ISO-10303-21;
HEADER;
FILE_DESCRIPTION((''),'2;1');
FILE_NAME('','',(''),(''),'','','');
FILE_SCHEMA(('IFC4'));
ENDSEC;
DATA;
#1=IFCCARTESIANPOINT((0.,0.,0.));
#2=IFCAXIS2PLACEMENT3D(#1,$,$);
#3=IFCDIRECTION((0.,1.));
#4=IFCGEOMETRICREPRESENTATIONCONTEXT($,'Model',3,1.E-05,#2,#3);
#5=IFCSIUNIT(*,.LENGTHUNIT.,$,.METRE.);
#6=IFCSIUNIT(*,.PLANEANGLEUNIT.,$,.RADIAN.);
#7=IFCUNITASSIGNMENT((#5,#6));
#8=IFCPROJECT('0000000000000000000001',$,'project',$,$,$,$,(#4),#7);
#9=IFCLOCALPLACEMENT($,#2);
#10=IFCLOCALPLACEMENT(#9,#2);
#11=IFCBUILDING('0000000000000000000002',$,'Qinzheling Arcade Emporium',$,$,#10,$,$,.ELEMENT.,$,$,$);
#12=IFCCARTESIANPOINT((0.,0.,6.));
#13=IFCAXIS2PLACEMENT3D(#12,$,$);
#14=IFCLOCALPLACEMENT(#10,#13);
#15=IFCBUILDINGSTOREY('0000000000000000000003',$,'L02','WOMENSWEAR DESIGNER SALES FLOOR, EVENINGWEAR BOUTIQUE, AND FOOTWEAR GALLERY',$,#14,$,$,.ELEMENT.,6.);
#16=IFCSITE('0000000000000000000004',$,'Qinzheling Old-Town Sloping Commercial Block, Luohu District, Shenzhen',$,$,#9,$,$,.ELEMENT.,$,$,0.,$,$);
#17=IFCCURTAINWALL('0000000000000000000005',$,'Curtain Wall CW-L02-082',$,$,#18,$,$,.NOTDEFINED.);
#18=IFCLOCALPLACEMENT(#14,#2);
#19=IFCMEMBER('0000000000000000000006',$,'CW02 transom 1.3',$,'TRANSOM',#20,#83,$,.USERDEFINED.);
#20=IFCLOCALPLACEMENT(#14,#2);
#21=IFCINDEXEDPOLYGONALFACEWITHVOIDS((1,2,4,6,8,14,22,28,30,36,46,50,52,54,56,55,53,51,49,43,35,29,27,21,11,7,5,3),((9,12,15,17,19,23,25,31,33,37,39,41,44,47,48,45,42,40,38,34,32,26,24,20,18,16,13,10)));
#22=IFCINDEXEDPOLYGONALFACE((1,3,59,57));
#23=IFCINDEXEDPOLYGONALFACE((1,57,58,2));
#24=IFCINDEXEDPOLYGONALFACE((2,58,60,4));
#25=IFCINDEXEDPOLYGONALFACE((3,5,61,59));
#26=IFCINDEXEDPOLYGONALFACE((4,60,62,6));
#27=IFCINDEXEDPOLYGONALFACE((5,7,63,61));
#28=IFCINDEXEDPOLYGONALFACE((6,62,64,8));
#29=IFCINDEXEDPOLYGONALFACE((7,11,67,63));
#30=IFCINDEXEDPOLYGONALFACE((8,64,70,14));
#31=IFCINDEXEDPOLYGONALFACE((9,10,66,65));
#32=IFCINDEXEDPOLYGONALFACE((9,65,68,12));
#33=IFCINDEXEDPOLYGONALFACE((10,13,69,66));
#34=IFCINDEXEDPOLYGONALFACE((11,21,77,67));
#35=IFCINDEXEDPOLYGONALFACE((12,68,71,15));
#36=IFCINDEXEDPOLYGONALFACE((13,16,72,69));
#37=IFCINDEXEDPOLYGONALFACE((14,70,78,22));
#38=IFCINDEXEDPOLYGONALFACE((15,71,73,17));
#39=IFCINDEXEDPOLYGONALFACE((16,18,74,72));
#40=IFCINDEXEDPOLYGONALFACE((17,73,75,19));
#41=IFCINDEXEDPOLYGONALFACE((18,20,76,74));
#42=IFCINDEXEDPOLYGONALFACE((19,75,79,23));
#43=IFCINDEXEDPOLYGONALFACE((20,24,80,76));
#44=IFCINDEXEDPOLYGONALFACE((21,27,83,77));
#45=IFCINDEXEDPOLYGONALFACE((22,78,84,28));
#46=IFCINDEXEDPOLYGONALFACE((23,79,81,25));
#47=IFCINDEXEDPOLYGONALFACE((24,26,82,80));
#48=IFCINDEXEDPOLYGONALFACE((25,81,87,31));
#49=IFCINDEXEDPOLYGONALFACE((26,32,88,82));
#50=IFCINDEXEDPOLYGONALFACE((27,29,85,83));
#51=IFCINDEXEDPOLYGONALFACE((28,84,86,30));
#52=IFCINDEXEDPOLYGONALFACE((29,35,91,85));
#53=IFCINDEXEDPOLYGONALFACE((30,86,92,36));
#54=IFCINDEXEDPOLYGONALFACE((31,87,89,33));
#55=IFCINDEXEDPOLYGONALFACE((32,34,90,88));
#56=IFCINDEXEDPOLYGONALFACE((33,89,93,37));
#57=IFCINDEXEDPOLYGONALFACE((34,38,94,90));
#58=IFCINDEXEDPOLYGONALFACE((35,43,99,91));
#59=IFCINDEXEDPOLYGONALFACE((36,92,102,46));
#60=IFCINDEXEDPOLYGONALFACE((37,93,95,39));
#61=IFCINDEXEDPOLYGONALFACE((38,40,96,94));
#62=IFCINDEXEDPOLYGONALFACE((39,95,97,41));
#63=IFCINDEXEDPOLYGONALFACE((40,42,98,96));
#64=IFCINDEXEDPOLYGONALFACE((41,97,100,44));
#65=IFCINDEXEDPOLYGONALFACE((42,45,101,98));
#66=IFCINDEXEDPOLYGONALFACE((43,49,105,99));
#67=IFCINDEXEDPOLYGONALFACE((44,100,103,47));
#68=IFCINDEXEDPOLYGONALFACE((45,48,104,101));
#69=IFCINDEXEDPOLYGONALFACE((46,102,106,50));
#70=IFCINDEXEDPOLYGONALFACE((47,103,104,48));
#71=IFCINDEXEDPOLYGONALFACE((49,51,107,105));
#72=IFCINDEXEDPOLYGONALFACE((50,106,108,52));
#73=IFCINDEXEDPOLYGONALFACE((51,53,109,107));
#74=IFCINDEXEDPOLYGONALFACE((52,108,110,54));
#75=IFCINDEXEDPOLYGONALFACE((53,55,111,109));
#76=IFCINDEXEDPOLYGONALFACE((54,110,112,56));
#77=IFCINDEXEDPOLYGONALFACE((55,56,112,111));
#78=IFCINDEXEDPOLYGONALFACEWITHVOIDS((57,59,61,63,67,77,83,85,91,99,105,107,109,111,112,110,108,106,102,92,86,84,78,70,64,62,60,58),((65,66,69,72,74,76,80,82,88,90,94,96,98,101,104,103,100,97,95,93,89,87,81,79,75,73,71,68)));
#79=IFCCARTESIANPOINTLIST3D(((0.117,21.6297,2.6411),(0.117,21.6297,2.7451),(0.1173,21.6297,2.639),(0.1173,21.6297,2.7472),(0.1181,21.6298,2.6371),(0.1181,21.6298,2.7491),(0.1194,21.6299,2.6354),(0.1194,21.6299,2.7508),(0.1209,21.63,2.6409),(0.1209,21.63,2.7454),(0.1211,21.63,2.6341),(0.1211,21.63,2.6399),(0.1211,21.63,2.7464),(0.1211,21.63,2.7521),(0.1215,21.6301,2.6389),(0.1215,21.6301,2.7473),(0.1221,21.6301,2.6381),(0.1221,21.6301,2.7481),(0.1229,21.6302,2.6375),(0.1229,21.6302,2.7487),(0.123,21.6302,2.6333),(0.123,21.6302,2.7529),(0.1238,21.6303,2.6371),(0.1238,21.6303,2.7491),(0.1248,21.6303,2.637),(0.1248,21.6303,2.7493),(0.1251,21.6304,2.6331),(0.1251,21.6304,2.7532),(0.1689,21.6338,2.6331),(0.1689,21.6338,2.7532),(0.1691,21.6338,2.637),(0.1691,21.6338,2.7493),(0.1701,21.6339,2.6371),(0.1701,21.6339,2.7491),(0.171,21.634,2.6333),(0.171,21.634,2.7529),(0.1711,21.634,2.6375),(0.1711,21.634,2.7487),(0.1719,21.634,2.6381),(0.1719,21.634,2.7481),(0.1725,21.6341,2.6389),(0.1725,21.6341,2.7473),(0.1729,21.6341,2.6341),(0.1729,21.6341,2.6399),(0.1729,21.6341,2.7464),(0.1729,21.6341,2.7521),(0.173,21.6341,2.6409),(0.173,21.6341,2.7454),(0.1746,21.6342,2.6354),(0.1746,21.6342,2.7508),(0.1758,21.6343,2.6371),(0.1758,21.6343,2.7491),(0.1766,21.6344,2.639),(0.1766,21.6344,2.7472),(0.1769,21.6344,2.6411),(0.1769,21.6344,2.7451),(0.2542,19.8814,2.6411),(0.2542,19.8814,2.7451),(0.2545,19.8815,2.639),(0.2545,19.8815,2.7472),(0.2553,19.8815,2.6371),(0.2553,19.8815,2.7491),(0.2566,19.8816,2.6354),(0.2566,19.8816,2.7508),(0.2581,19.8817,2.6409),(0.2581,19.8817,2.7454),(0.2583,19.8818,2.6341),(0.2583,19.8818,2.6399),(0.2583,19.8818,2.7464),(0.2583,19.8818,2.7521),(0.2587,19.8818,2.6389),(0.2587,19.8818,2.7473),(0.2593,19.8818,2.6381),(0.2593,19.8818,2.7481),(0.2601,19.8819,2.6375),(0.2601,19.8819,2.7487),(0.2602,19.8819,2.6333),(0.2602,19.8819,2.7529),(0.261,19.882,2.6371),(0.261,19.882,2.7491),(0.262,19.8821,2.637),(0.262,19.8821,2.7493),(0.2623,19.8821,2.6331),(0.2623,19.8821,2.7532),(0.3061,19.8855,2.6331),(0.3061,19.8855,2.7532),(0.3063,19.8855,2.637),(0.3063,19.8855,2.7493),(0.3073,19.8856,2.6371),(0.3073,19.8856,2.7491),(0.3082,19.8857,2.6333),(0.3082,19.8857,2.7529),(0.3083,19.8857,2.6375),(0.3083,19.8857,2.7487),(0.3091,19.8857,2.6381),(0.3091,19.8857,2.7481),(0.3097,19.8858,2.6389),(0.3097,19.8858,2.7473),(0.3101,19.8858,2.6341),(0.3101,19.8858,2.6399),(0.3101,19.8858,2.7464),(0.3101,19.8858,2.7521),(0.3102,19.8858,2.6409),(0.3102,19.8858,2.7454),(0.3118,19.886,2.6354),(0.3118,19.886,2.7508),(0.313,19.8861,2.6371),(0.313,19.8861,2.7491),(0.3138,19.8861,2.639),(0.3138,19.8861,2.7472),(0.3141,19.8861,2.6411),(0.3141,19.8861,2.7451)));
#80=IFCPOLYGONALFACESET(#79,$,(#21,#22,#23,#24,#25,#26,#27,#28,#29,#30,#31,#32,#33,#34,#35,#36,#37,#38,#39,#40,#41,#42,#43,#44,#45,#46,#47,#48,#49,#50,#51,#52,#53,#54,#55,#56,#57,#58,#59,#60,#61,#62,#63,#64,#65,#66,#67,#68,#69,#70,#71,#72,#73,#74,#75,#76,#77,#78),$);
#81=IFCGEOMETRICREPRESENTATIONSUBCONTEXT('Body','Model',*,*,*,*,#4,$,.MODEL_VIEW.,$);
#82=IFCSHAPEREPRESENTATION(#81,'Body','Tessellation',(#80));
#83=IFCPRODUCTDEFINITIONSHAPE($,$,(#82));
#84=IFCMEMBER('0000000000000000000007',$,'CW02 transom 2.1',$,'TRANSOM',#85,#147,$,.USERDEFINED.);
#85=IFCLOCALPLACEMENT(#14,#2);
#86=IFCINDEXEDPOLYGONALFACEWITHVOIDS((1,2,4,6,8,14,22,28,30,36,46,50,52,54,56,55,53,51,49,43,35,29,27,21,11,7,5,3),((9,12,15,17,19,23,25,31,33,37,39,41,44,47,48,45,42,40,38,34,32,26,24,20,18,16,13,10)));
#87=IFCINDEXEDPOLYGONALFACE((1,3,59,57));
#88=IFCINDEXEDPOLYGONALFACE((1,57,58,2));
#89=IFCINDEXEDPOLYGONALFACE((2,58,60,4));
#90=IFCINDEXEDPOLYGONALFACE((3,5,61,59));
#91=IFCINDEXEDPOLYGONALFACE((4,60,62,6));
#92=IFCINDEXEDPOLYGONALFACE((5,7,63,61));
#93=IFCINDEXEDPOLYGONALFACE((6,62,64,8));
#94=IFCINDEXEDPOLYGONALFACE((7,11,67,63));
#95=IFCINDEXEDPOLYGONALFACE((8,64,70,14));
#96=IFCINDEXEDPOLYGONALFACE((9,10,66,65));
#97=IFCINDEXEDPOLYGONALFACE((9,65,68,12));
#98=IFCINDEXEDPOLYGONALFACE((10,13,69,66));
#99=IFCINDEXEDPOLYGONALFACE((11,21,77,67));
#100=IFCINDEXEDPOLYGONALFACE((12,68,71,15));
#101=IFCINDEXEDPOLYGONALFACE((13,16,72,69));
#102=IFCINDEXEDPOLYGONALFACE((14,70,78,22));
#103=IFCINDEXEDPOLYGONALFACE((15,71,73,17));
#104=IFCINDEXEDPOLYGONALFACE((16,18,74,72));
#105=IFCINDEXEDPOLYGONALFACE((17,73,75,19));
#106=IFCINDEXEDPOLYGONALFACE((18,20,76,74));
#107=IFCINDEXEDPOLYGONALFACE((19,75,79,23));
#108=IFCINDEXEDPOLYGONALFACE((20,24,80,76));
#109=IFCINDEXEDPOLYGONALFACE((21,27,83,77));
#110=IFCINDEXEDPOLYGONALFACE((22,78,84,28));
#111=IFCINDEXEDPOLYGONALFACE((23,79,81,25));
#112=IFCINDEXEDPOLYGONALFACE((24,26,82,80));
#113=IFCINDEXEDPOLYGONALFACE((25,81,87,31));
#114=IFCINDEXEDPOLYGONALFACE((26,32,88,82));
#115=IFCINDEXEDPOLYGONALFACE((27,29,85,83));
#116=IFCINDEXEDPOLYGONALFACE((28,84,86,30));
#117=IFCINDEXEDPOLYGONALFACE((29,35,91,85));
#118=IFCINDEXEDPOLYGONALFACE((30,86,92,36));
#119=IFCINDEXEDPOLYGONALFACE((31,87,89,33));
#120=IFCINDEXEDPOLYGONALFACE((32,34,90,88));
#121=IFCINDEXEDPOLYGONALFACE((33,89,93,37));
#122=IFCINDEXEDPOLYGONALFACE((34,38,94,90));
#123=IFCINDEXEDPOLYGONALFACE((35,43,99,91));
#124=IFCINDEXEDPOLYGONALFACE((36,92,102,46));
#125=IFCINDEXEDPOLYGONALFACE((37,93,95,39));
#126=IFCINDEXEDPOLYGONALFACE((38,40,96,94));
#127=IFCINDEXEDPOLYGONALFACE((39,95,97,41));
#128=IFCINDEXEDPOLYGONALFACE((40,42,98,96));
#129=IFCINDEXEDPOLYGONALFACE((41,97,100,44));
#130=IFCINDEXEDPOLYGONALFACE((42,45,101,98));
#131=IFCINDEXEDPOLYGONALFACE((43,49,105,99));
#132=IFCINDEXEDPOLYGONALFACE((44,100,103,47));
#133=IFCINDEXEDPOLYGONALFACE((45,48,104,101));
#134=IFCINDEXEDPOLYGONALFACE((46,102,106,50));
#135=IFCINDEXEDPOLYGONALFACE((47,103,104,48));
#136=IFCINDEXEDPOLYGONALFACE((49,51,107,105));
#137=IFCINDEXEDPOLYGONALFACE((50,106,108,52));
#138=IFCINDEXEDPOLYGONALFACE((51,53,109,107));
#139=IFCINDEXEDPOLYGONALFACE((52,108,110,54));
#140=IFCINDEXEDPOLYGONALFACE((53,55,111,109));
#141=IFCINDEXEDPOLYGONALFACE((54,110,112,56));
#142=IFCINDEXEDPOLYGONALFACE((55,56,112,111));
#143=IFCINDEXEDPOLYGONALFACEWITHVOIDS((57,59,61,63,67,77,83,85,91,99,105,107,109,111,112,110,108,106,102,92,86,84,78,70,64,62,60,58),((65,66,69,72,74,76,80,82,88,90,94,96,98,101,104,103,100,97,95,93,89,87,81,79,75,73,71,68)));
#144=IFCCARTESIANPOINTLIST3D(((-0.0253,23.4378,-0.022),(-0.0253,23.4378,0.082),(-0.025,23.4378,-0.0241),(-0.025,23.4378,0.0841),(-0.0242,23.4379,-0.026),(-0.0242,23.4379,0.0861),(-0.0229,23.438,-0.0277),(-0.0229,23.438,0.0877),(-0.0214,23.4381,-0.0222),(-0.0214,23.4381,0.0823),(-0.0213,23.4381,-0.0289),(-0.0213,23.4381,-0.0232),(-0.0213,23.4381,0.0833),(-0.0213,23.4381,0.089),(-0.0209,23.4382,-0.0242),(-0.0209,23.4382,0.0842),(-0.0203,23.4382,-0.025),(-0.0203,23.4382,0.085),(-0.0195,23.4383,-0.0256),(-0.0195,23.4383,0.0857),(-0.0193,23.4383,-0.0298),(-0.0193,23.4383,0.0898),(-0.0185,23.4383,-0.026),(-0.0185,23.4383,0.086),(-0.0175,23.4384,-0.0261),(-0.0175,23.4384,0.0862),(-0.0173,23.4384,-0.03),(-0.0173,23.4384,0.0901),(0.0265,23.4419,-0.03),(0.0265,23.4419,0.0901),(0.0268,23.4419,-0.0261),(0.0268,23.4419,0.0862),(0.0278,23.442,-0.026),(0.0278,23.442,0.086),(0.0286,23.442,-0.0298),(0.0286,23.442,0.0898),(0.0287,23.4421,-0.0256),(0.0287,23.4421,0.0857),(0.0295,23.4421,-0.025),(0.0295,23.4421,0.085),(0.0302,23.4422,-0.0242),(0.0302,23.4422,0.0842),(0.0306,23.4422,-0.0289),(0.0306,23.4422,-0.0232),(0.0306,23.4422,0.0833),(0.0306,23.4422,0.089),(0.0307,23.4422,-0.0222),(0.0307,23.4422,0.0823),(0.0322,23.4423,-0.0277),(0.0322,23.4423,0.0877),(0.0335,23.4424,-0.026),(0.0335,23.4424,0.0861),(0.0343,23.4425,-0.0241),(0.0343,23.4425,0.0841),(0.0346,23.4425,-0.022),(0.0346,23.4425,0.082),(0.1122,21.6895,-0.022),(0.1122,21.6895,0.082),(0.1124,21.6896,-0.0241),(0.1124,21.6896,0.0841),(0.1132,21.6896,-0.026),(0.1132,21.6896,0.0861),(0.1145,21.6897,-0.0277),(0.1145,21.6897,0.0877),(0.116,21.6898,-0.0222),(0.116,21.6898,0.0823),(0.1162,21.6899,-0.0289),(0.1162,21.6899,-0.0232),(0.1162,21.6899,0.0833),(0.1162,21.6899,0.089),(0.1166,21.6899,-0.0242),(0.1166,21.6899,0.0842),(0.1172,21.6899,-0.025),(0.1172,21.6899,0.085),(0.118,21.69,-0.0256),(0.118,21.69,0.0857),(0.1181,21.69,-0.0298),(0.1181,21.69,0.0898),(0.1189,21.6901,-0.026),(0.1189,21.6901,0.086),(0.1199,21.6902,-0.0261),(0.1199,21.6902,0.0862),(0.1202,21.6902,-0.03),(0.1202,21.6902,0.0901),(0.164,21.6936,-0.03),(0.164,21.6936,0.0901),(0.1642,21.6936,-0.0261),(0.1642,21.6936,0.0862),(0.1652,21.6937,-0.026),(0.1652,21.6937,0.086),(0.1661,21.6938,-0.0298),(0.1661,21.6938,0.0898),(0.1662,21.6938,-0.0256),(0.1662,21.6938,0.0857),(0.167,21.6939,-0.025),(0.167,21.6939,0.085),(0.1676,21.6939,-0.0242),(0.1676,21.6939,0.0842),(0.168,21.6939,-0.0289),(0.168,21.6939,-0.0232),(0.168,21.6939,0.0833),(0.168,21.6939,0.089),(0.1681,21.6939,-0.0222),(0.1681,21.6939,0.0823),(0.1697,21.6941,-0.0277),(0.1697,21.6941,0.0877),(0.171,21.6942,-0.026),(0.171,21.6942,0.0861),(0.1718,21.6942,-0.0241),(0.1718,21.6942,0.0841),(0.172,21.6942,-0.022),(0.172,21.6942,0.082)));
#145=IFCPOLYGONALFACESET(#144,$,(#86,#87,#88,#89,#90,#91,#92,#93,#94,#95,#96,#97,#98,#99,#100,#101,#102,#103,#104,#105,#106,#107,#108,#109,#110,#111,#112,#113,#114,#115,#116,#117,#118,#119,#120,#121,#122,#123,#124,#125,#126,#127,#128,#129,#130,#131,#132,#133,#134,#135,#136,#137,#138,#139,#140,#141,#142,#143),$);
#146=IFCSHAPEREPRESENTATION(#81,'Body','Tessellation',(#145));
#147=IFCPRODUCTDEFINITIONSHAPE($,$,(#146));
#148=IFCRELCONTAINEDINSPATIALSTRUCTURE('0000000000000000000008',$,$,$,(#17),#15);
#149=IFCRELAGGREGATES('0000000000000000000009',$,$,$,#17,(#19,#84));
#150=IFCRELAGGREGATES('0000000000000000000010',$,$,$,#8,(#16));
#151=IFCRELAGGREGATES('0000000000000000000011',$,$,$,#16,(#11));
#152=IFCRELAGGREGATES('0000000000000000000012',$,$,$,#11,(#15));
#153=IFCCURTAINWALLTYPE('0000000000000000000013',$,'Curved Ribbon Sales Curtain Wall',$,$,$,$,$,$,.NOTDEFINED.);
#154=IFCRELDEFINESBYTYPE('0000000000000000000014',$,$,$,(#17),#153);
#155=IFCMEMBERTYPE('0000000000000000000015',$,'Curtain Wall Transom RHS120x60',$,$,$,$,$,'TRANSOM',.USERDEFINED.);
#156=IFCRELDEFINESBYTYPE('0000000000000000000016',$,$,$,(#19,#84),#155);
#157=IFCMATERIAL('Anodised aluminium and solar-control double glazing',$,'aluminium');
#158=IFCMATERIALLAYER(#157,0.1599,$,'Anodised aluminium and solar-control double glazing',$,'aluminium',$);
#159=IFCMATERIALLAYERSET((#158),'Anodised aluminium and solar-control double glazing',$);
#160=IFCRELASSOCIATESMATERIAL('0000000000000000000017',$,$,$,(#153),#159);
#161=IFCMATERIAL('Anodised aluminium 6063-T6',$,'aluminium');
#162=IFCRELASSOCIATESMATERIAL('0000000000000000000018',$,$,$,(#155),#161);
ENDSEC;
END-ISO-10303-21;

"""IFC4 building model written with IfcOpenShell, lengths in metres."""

from ifc_helpers import new_model, si_unit, direction, frame, origin, origin_2d, place, context, subcontext, project, spatial, hollow_rectangle, extrude, material, layer, layer_set, material_profile, profile_set, type_object, element, aggregate, save


model = new_model("IFC4")

# Units and contexts
model_context = context("Model", 3, precision=1e-05, world=origin(), true_north=direction((0.0, 1.0)))
body_context = subcontext(model_context, "Body", "Model", "MODEL_VIEW")
ifc_project = project(units=[si_unit("LENGTHUNIT", "METRE"), si_unit("PLANEANGLEUNIT", "RADIAN")], contexts=[model_context])

# Site, building, storey
site_placement = place(None, origin())
site = spatial("IfcSite", under=ifc_project, at=site_placement, Name="Qinzheling Old-Town Sloping Commercial Block, Luohu District, Shenzhen", CompositionType="ELEMENT", RefElevation=0.0)
building_placement = place(site_placement, origin())
building = spatial("IfcBuilding", under=site, at=building_placement, Name="Qinzheling Arcade Emporium", CompositionType="ELEMENT")
storey_placement = place(building_placement, frame((0.0, 0.0, 6.0)))
storey = spatial("IfcBuildingStorey", under=building, at=storey_placement, Name="L02", Description="WOMENSWEAR DESIGNER SALES FLOOR, EVENINGWEAR BOUTIQUE, AND FOOTWEAR GALLERY", CompositionType="ELEMENT", Elevation=6.0)

# Curtain wall
ifc_material_1 = material(Name="Anodised aluminium and solar-control double glazing", Category="aluminium")
ifc_layer_1 = layer(ifc_material_1, 0.1599, Name="Anodised aluminium and solar-control double glazing", Category="aluminium")
ifc_layer_set_1 = layer_set([ifc_layer_1], Name="Anodised aluminium and solar-control double glazing")
curtain_wall_type_1 = type_object("IfcCurtainWallType", Name="Curved Ribbon Sales Curtain Wall", PredefinedType="NOTDEFINED", material=ifc_layer_set_1)
curtain_wall_1_placement = place(storey_placement, origin())
curtain_wall_1 = element("IfcCurtainWall", 1, at=curtain_wall_1_placement, inside=storey, type_object=curtain_wall_type_1, Name="Curtain Wall CW-L02-082", PredefinedType="NOTDEFINED")
ifc_material_2 = material(Name="Anodised aluminium 6063-T6", Category="aluminium")

# Members
ifc_material_profile_1 = material_profile(ifc_material_2, hollow_rectangle(XDim=0.0601, YDim=0.1201, WallThickness=0.0039, InnerFilletRadius=0.0039, OuterFilletRadius=0.0081, at=origin_2d()), Name="RHS 120x60x4", Category="aluminium")
ifc_profile_set_1 = profile_set([ifc_material_profile_1], Name="Anodised aluminium 6063-T6")
member_type_1 = type_object("IfcMemberType", Name="Curtain Wall Transom RHS120x60", ElementType="TRANSOM", PredefinedType="USERDEFINED", material=ifc_profile_set_1)
member_1_placement = place(storey_placement, frame((0.2842, 19.8838, 2.6931), z_axis=(-0.07824, 0.996935, 0.0), x_axis=(-0.996935, -0.07824, 0.0)))
member_1 = element("IfcMember", 2, at=member_1_placement, type_object=member_type_1, Name="CW02 transom 1.3", ObjectType="TRANSOM", PredefinedType="USERDEFINED", context=body_context, shape_type="SweptSolid", body=[
    extrude(hollow_rectangle(XDim=0.0601, YDim=0.1201, WallThickness=0.0039, InnerFilletRadius=0.0039, OuterFilletRadius=0.0081, at=origin_2d()), origin(), (0.0, 0.0, 1.0), 1.7537),
])
member_2_placement = place(storey_placement, frame((0.1421, 21.6919, 0.03), z_axis=(-0.078378, 0.996924, 0.0), x_axis=(-0.996924, -0.078378, 0.0)))
member_2 = element("IfcMember", 3, at=member_2_placement, type_object=member_type_1, Name="CW02 transom 2.1", ObjectType="TRANSOM", PredefinedType="USERDEFINED", context=body_context, shape_type="SweptSolid", body=[
    extrude(hollow_rectangle(XDim=0.0601, YDim=0.1201, WallThickness=0.0039, InnerFilletRadius=0.0039, OuterFilletRadius=0.0081, at=origin_2d()), origin(), (0.0, 0.0, 1.0), 1.7537),
])

aggregate(curtain_wall_1, [member_1, member_2])

save(model, "model.ifc")
